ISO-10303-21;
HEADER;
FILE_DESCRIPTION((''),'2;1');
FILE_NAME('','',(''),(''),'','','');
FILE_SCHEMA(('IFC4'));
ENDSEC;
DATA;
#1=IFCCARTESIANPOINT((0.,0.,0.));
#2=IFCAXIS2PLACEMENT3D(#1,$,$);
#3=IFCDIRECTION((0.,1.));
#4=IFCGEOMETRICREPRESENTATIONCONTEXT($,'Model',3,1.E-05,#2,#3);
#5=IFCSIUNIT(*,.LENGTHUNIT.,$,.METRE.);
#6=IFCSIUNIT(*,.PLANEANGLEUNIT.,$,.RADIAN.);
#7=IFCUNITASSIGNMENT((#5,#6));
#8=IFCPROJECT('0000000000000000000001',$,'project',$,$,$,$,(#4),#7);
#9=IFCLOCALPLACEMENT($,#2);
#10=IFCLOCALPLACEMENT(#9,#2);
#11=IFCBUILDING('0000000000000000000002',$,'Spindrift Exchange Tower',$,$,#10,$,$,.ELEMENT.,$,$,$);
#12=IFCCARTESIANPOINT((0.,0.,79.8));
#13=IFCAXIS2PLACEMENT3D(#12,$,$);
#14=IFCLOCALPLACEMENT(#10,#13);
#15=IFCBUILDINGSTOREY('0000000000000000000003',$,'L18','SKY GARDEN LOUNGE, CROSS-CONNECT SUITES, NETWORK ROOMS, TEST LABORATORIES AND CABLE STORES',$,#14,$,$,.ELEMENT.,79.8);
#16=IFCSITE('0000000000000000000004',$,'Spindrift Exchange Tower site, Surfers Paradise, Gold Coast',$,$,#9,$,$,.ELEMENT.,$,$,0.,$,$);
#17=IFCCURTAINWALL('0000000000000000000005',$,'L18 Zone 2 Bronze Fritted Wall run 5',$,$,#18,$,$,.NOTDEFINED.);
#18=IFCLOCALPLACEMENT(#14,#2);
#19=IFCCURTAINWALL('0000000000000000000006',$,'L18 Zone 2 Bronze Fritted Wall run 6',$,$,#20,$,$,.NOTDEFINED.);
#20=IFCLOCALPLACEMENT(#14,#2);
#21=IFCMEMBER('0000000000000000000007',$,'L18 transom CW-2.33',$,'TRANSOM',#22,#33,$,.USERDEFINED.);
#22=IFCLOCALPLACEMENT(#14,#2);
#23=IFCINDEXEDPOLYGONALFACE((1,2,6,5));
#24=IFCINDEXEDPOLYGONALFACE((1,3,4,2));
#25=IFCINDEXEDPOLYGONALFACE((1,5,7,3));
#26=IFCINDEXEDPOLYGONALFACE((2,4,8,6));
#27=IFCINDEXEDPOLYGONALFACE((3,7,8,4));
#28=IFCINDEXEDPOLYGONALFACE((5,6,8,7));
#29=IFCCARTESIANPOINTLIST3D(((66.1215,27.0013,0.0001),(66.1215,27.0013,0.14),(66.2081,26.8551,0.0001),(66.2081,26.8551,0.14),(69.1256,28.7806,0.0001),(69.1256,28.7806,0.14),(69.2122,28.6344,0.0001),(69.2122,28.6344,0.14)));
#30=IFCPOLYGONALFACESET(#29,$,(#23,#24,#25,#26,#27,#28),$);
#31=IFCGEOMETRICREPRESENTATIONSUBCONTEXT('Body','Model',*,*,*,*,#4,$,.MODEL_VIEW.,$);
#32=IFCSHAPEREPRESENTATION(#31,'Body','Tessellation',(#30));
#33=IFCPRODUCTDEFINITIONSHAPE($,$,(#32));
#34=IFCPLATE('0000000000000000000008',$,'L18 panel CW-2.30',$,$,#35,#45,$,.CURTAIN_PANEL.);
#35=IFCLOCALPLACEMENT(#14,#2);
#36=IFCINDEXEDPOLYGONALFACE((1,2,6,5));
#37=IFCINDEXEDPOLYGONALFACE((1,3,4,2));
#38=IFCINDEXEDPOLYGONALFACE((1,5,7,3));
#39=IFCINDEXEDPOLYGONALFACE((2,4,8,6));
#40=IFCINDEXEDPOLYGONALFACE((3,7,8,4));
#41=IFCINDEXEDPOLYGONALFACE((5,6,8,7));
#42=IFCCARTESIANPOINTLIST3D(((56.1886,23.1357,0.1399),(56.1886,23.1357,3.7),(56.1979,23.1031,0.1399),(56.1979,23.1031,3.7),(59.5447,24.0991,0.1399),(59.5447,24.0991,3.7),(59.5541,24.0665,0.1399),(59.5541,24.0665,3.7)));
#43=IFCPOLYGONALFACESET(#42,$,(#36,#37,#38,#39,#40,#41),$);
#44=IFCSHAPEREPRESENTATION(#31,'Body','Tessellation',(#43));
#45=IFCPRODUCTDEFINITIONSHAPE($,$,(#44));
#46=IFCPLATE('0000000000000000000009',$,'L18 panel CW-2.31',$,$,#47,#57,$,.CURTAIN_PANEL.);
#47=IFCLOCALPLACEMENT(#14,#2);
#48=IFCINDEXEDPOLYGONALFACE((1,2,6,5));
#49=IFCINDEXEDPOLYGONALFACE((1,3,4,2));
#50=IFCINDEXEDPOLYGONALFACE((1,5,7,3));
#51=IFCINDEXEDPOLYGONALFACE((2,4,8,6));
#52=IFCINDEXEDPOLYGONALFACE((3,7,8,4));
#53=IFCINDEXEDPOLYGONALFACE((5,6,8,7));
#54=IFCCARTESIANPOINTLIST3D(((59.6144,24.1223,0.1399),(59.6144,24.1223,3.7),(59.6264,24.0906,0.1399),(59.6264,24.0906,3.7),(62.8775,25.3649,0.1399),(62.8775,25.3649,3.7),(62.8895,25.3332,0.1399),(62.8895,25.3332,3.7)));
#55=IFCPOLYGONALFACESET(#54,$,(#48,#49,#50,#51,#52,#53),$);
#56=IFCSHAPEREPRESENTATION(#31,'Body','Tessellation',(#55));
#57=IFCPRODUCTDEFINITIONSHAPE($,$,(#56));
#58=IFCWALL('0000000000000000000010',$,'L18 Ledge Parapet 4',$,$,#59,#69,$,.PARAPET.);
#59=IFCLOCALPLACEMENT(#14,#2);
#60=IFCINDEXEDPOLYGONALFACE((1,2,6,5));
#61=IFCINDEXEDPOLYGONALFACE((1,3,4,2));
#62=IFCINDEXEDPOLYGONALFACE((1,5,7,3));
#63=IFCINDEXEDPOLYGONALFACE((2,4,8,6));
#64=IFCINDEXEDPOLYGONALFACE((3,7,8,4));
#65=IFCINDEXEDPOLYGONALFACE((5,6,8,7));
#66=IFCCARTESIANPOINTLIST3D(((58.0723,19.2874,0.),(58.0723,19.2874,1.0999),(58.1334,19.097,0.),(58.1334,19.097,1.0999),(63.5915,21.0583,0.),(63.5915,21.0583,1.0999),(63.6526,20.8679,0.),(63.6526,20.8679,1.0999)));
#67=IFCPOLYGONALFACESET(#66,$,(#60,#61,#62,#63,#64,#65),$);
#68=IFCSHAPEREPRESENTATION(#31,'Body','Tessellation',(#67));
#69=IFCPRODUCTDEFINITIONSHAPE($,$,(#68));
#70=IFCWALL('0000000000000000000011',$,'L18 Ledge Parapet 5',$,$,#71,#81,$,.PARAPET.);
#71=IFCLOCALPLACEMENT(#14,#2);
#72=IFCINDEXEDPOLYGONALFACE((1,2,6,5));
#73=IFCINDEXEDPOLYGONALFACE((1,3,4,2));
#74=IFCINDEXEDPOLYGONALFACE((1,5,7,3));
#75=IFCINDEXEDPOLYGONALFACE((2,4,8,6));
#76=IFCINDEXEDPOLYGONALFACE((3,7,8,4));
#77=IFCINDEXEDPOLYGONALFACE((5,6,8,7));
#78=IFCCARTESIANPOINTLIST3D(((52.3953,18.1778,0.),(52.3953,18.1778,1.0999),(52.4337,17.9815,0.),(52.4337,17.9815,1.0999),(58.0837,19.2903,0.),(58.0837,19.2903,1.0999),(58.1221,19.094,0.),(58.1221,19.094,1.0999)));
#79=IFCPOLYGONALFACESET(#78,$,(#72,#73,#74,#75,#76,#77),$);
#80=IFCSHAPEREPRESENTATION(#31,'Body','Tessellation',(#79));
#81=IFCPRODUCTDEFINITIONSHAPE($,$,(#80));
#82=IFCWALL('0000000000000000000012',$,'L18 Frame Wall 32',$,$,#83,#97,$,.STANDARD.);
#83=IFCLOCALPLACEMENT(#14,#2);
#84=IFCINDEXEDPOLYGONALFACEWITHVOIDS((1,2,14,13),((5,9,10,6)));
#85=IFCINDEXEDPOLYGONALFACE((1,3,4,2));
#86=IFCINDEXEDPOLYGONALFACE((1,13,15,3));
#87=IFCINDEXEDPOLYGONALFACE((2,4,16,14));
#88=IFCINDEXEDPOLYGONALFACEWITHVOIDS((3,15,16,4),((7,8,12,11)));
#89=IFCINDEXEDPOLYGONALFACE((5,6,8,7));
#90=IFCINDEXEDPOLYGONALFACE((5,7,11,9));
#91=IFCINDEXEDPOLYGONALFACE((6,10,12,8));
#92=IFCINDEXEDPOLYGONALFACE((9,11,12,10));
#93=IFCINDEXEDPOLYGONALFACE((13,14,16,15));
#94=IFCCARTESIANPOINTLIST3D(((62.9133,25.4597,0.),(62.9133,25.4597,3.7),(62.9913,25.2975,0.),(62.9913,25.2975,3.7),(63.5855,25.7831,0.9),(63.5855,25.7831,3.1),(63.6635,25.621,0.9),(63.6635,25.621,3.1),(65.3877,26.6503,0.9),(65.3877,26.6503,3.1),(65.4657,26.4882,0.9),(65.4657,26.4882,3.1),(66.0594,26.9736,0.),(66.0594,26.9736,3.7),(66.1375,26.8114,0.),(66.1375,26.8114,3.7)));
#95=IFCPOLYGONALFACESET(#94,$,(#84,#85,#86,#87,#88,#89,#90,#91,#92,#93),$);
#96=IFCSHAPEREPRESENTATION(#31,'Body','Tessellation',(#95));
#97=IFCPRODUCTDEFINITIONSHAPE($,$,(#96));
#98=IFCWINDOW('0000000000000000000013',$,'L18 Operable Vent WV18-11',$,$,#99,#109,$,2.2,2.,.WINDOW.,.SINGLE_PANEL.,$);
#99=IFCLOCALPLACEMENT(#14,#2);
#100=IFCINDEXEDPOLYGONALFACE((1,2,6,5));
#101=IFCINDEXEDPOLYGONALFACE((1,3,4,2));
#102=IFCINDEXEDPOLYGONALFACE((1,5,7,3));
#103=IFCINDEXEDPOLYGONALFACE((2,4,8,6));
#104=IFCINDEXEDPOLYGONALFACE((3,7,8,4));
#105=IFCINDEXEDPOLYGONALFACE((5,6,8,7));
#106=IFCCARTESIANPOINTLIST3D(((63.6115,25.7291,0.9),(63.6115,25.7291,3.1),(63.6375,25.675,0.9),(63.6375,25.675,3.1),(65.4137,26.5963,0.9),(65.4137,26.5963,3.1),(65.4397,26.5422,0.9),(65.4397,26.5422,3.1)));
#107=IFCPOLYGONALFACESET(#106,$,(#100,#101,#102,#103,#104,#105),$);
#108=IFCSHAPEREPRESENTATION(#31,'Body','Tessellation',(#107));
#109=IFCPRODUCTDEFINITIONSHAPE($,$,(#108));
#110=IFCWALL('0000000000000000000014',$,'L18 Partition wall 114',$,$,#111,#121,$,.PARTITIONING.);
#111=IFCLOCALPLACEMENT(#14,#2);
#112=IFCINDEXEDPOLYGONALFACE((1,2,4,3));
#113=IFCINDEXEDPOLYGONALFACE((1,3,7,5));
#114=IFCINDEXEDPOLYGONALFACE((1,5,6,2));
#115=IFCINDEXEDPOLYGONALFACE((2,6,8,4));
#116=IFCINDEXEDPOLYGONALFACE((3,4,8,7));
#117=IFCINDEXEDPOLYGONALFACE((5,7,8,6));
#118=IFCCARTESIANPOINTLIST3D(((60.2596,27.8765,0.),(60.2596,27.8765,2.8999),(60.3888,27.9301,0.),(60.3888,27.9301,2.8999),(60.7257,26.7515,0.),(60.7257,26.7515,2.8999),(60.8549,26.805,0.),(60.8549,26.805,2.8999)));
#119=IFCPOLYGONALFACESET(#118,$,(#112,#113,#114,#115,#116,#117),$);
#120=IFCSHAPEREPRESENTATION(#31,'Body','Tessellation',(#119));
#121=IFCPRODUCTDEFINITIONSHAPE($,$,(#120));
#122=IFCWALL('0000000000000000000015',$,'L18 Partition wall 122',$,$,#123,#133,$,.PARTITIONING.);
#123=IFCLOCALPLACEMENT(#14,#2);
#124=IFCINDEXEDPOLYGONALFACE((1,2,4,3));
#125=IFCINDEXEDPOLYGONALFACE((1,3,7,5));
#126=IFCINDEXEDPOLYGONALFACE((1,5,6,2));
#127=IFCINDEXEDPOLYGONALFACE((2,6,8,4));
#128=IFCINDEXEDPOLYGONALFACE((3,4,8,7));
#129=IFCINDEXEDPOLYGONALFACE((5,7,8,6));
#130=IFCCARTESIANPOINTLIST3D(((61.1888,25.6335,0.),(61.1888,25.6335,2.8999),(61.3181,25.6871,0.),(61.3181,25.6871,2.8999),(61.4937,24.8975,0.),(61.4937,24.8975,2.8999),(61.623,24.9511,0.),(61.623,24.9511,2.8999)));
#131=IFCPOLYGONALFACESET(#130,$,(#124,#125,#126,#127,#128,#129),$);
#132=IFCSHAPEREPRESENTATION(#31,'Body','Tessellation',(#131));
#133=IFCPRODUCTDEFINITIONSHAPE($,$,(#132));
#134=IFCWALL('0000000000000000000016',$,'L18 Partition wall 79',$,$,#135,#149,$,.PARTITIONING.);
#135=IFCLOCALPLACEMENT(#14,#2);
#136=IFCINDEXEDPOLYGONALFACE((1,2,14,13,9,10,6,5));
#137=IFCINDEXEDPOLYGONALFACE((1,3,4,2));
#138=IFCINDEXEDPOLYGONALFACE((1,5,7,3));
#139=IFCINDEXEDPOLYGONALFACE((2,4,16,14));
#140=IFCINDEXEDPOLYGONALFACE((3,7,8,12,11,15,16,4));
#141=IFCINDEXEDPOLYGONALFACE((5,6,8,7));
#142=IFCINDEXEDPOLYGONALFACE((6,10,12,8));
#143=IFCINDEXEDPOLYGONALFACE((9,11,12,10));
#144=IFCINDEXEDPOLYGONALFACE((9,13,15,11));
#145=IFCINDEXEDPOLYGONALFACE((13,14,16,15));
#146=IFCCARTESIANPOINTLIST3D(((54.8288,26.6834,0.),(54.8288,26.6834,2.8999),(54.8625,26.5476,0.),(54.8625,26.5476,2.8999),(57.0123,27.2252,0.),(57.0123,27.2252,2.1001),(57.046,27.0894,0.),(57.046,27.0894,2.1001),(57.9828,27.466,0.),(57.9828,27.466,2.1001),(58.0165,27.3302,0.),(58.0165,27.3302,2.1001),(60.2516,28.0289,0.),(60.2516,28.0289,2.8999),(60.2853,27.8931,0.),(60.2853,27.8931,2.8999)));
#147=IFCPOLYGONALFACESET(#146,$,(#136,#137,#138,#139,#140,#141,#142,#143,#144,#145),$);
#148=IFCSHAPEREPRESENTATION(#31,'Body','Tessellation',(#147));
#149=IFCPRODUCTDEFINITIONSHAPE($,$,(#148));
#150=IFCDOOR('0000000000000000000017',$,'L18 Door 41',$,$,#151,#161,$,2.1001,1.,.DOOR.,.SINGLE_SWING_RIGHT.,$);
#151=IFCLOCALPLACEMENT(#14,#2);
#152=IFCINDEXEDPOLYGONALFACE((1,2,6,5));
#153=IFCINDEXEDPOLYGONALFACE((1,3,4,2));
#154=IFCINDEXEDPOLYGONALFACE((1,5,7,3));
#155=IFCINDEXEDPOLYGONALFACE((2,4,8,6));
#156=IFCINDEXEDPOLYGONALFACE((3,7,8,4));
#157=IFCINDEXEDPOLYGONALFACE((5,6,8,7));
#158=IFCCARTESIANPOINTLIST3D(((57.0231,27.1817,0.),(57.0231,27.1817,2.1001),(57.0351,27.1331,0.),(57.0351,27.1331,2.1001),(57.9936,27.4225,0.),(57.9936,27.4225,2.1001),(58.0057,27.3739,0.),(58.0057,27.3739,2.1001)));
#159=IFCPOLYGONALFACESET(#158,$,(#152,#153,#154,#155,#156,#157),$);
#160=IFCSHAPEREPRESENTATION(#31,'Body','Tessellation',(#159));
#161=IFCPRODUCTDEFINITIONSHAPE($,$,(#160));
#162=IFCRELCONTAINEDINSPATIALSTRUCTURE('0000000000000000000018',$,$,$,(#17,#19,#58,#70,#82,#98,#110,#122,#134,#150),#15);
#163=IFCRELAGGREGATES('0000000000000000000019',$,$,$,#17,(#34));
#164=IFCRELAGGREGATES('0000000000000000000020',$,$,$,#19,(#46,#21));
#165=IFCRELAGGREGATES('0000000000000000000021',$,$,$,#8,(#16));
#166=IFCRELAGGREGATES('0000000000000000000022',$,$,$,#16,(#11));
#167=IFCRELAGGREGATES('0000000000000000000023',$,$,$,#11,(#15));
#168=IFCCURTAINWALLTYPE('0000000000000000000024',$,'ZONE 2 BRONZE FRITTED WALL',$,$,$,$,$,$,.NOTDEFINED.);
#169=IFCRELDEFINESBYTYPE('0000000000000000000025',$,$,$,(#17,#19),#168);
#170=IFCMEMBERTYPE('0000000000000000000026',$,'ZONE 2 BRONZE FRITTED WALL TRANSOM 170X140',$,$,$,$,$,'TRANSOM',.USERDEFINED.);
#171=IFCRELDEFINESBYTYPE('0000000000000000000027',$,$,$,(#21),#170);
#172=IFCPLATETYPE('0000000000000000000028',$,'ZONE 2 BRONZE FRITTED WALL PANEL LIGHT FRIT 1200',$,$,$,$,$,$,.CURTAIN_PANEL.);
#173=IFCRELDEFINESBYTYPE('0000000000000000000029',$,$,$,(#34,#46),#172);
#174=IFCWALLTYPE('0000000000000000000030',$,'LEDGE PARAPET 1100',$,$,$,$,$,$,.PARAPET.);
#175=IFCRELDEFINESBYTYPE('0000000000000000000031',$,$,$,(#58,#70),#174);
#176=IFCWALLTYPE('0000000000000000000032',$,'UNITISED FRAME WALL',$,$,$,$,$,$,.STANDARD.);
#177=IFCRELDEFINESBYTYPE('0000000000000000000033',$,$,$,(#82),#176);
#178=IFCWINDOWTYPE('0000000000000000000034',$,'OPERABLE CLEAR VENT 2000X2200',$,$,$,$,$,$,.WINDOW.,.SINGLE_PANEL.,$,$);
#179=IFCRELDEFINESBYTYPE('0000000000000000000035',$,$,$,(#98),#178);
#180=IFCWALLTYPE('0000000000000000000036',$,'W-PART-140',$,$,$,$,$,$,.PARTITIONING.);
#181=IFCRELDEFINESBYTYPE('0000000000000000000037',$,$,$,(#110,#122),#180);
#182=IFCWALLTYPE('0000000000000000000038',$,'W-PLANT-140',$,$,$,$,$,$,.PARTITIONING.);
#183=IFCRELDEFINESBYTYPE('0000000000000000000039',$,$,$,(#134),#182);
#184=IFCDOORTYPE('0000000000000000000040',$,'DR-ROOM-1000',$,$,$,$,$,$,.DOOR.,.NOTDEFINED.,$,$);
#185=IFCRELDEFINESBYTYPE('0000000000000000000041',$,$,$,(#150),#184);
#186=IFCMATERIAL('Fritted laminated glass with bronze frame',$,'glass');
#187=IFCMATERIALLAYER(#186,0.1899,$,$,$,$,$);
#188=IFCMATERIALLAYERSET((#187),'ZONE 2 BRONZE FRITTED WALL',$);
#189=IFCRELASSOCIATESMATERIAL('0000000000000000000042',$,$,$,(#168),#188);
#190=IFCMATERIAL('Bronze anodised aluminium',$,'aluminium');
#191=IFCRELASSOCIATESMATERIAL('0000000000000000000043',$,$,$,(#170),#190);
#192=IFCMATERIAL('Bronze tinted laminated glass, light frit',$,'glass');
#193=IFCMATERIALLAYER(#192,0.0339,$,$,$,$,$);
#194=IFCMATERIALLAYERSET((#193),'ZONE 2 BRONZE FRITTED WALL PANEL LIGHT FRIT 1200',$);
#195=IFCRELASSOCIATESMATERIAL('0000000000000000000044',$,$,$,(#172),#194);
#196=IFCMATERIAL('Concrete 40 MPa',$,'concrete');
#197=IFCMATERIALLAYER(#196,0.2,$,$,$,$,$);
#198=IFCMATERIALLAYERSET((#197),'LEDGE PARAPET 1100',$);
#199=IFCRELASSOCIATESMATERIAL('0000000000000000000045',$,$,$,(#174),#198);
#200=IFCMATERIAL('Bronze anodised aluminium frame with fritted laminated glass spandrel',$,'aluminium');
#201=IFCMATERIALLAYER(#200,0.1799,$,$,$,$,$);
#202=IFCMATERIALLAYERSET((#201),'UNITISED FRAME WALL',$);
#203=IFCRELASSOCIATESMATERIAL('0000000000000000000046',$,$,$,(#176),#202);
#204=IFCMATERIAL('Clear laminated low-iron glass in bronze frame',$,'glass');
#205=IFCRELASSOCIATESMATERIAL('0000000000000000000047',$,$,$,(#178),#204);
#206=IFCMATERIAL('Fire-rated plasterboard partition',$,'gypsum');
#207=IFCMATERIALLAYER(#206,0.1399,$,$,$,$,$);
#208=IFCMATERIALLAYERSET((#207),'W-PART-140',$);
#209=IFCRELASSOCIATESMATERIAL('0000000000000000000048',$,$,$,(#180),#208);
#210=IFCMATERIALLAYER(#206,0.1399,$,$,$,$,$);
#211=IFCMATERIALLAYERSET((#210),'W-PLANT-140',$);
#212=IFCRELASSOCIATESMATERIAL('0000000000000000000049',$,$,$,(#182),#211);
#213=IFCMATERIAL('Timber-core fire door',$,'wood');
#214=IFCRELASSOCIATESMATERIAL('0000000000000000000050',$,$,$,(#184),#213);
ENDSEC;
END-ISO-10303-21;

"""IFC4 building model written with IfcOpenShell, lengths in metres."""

from ifc_helpers import new_model, si_unit, direction, frame, frame_2d, origin, origin_2d, place, context, subcontext, project, spatial, rectangle, extrude, source, transform, mapped, material, layer, layer_set, material_profile, profile_set, type_object, element, fill, aggregate, save


model = new_model("IFC4")

# Units and contexts
model_context = context("Model", 3, precision=1e-05, world=origin(), true_north=direction((0.0, 1.0)))
body_context = subcontext(model_context, "Body", "Model", "MODEL_VIEW")
ifc_project = project(units=[si_unit("LENGTHUNIT", "METRE"), si_unit("PLANEANGLEUNIT", "RADIAN")], contexts=[model_context])

# Site, building, storey
site_placement = place(None, origin())
site = spatial("IfcSite", under=ifc_project, at=site_placement, Name="Spindrift Exchange Tower site, Surfers Paradise, Gold Coast", CompositionType="ELEMENT", RefElevation=0.0)
building_placement = place(site_placement, origin())
building = spatial("IfcBuilding", under=site, at=building_placement, Name="Spindrift Exchange Tower", CompositionType="ELEMENT")
storey_placement = place(building_placement, frame((0.0, 0.0, 79.8)))
storey = spatial("IfcBuildingStorey", under=building, at=storey_placement, Name="L18", Description="SKY GARDEN LOUNGE, CROSS-CONNECT SUITES, NETWORK ROOMS, TEST LABORATORIES AND CABLE STORES", CompositionType="ELEMENT", Elevation=79.8)

# Curtain wall
ifc_material_1 = material(Name="Fritted laminated glass with bronze frame", Category="glass")
ifc_layer_1 = layer(ifc_material_1, 0.1899)
ifc_layer_set_1 = layer_set([ifc_layer_1], Name="ZONE 2 BRONZE FRITTED WALL")
curtain_wall_type = type_object("IfcCurtainWallType", Name="ZONE 2 BRONZE FRITTED WALL", PredefinedType="NOTDEFINED", material=ifc_layer_set_1)
curtain_wall_1_placement = place(storey_placement, origin())
curtain_wall_1 = element("IfcCurtainWall", 1, at=curtain_wall_1_placement, inside=storey, type_object=curtain_wall_type, Name="L18 Zone 2 Bronze Fritted Wall run 5", PredefinedType="NOTDEFINED")
ifc_material_2 = material(Name="Bronze anodised aluminium", Category="aluminium")

# Curtain wall
curtain_wall_2_placement = place(storey_placement, origin())
curtain_wall_2 = element("IfcCurtainWall", 2, at=curtain_wall_2_placement, inside=storey, type_object=curtain_wall_type, Name="L18 Zone 2 Bronze Fritted Wall run 6", PredefinedType="NOTDEFINED")
ifc_material_profile_1 = material_profile(ifc_material_2, rectangle(XDim=0.1699, YDim=0.1399, at=origin_2d()), Name="ZONE 2 BRONZE FRITTED WALL TRANSOM 170X140")
ifc_profile_set_1 = profile_set([ifc_material_profile_1], Name="Bronze anodised aluminium")
member_type_1 = type_object("IfcMemberType", Name="ZONE 2 BRONZE FRITTED WALL TRANSOM 170X140", ElementType="TRANSOM", PredefinedType="USERDEFINED", material=ifc_profile_set_1)

# Member
shared_shape_1 = source(origin(), body_context, "Body", "SweptSolid", [
    extrude(rectangle(XDim=0.1699, YDim=0.1399, at=origin_2d()), origin(), (0.0, 0.0, 1.0), 3.4915),
])
member_1_placement = place(storey_placement, frame((66.1648, 26.9282, 0.0701), z_axis=(0.86041, 0.509603, 0.0), x_axis=(-0.509603, 0.86041, 0.0)))
member_1 = element("IfcMember", 3, at=member_1_placement, type_object=member_type_1, Name="L18 transom CW-2.33", ObjectType="TRANSOM", PredefinedType="USERDEFINED", context=body_context, shape_type="MappedRepresentation", body=[
    mapped(shared_shape_1, transform((0.0, 0.0, 0.0), scale=1.0)),
])

# Plates
ifc_material_3 = material(Name="Bronze tinted laminated glass, light frit", Category="glass")
ifc_layer_2 = layer(ifc_material_3, 0.0339)
ifc_layer_set_2 = layer_set([ifc_layer_2], Name="ZONE 2 BRONZE FRITTED WALL PANEL LIGHT FRIT 1200")
plate_type = type_object("IfcPlateType", Name="ZONE 2 BRONZE FRITTED WALL PANEL LIGHT FRIT 1200", PredefinedType="CURTAIN_PANEL", material=ifc_layer_set_2)
shared_shape_2 = source(origin(), body_context, "Body", "SweptSolid", [
    extrude(rectangle(XDim=3.4917, YDim=0.0339, at=origin_2d()), origin(), (0.0, 0.0, 1.0), 3.5601),
])
plate_1_placement = place(storey_placement, frame((57.8713, 23.6011, 0.1399), z_axis=(0.0, 0.0, 1.0), x_axis=(0.961181, 0.275918, 0.0)))
plate_1 = element("IfcPlate", 4, at=plate_1_placement, type_object=plate_type, Name="L18 panel CW-2.30", PredefinedType="CURTAIN_PANEL", context=body_context, shape_type="MappedRepresentation", body=[
    mapped(shared_shape_2, transform((0.0, 0.0, 0.0), scale=1.0)),
])
aggregate(curtain_wall_1, [plate_1])
plate_2_placement = place(storey_placement, frame((61.252, 24.7278, 0.1399), z_axis=(0.0, 0.0, 1.0), x_axis=(0.934533, 0.355875, 0.0)))
plate_2 = element("IfcPlate", 5, at=plate_2_placement, type_object=plate_type, Name="L18 panel CW-2.31", PredefinedType="CURTAIN_PANEL", context=body_context, shape_type="MappedRepresentation", body=[
    mapped(shared_shape_2, transform((0.0, 0.0, 0.0), scale=1.0)),
])
aggregate(curtain_wall_2, [plate_2, member_1])

# Walls
ifc_material_4 = material(Name="Concrete 40 MPa", Category="concrete")
ifc_layer_3 = layer(ifc_material_4, 0.2)
ifc_layer_set_3 = layer_set([ifc_layer_3], Name="LEDGE PARAPET 1100")
wall_type_1 = type_object("IfcWallType", Name="LEDGE PARAPET 1100", PredefinedType="PARAPET", material=ifc_layer_set_3)
wall_1_placement = place(storey_placement, frame((63.6221, 20.9631, 0.0), z_axis=(0.0, 0.0, 1.0), x_axis=(-0.952182, -0.305531, 0.0)))
element("IfcWall", 6, at=wall_1_placement, inside=storey, type_object=wall_type_1, Name="L18 Ledge Parapet 4", PredefinedType="PARAPET", context=body_context, shape_type="SweptSolid", body=[
    extrude(rectangle(XDim=5.7964, YDim=0.2, at=frame_2d((2.8982, 0.0))), origin(), (0.0, 0.0, 1.0), 1.0999),
])
wall_2_placement = place(storey_placement, frame((58.1028, 19.1921, 0.0), z_axis=(0.0, 0.0, 1.0), x_axis=(-0.981406, -0.191943, 0.0)))
element("IfcWall", 7, at=wall_2_placement, inside=storey, type_object=wall_type_1, Name="L18 Ledge Parapet 5", PredefinedType="PARAPET", context=body_context, shape_type="SweptSolid", body=[
    extrude(rectangle(XDim=5.7961, YDim=0.2, at=frame_2d((2.8979, 0.0))), origin(), (0.0, 0.0, 1.0), 1.0999),
])

# Wall, opening, window
ifc_material_5 = material(Name="Bronze anodised aluminium frame with fritted laminated glass spandrel", Category="aluminium")
ifc_layer_4 = layer(ifc_material_5, 0.1799)
ifc_layer_set_4 = layer_set([ifc_layer_4], Name="UNITISED FRAME WALL")
wall_type_2 = type_object("IfcWallType", Name="UNITISED FRAME WALL", PredefinedType="STANDARD", material=ifc_layer_set_4)
wall_3_placement = place(storey_placement, frame((62.9524, 25.3787, 0.0), z_axis=(0.0, 0.0, 1.0), x_axis=(0.901107, 0.433597, 0.0)))
wall_3 = element("IfcWall", 8, at=wall_3_placement, inside=storey, type_object=wall_type_2, Name="L18 Frame Wall 32", PredefinedType="STANDARD", context=body_context, shape_type="SweptSolid", body=[
    extrude(rectangle(XDim=3.4915, YDim=0.1799, at=frame_2d((1.7456, 0.0))), origin(), (0.0, 0.0, 1.0), 3.7),
])
opening_1_placement = place(wall_3_placement, frame((0.7458, 0.0, 0.8999)))
opening_1 = element("IfcOpeningElement", 9, at=opening_1_placement, cuts=wall_3, PredefinedType="OPENING", context=body_context, shape_type="SweptSolid", body=[
    extrude(rectangle(XDim=2.0, YDim=2.2, at=frame_2d((1.0, 1.1001))), frame((0.0, 0.0999, 0.0), z_axis=(0.0, -1.0, 0.0), x_axis=(1.0, 0.0, 0.0)), (0.0, 0.0, 1.0), 0.2),
])
ifc_material_6 = material(Name="Clear laminated low-iron glass in bronze frame", Category="glass")
window_type = type_object("IfcWindowType", Name="OPERABLE CLEAR VENT 2000X2200", PartitioningType="SINGLE_PANEL", PredefinedType="WINDOW", material=ifc_material_6)
shared_shape_3 = source(origin(), body_context, "Body", "SweptSolid", [
    extrude(rectangle(XDim=2.0, YDim=2.2, at=frame_2d((1.0, 1.1001))), frame((0.0, 0.03, 0.0), z_axis=(0.0, -1.0, 0.0), x_axis=(1.0, 0.0, 0.0)), (0.0, 0.0, 1.0), 0.0601),
])
window_placement = place(opening_1_placement, origin())
window = element("IfcWindow", 10, at=window_placement, inside=storey, type_object=window_type, Name="L18 Operable Vent WV18-11", OverallHeight=2.2, OverallWidth=2.0, PartitioningType="SINGLE_PANEL", PredefinedType="WINDOW", context=body_context, shape_type="MappedRepresentation", body=[
    mapped(shared_shape_3, transform((0.0, 0.0, 0.0), scale=1.0)),
])
fill(opening_1, window)

# Walls
ifc_material_7 = material(Name="Fire-rated plasterboard partition", Category="gypsum")
ifc_layer_5 = layer(ifc_material_7, 0.1399)
ifc_layer_set_5 = layer_set([ifc_layer_5], Name="W-PART-140")
wall_type_3 = type_object("IfcWallType", Name="W-PART-140", PredefinedType="PARTITIONING", material=ifc_layer_set_5)
wall_4_placement = place(storey_placement, frame((60.3242, 27.9033, 0.0), z_axis=(0.0, 0.0, 1.0), x_axis=(0.382735, -0.923858, 0.0)))
element("IfcWall", 11, at=wall_4_placement, inside=storey, type_object=wall_type_3, Name="L18 Partition wall 114", PredefinedType="PARTITIONING", context=body_context, shape_type="SweptSolid", body=[
    extrude(rectangle(XDim=1.2178, YDim=0.1399, at=frame_2d((0.6089, 0.0))), origin(), (0.0, 0.0, 1.0), 2.8999),
])
wall_5_placement = place(storey_placement, frame((61.2534, 25.6604, 0.0), z_axis=(0.0, 0.0, 1.0), x_axis=(0.382722, -0.923864, 0.0)))
element("IfcWall", 12, at=wall_5_placement, inside=storey, type_object=wall_type_3, Name="L18 Partition wall 122", PredefinedType="PARTITIONING", context=body_context, shape_type="SweptSolid", body=[
    extrude(rectangle(XDim=0.7966, YDim=0.1399, at=frame_2d((0.3984, 0.0))), origin(), (0.0, 0.0, 1.0), 2.8999),
])

# Wall, opening, door
ifc_layer_6 = layer(ifc_material_7, 0.1399)
ifc_layer_set_6 = layer_set([ifc_layer_6], Name="W-PLANT-140")
wall_type_4 = type_object("IfcWallType", Name="W-PLANT-140", PredefinedType="PARTITIONING", material=ifc_layer_set_6)
wall_6_placement = place(storey_placement, frame((60.2683, 27.9609, 0.0), z_axis=(0.0, 0.0, 1.0), x_axis=(-0.970573, -0.240808, 0.0)))
wall_6 = element("IfcWall", 13, at=wall_6_placement, inside=storey, type_object=wall_type_4, Name="L18 Partition wall 79", PredefinedType="PARTITIONING", context=body_context, shape_type="SweptSolid", body=[
    extrude(rectangle(XDim=5.5872, YDim=0.1399, at=frame_2d((2.7935, 0.0))), origin(), (0.0, 0.0, 1.0), 2.8999),
])
opening_2_placement = place(wall_6_placement, frame((2.3374, 0.0, 0.0)))
opening_2 = element("IfcOpeningElement", 14, at=opening_2_placement, cuts=wall_6, PredefinedType="OPENING", context=body_context, shape_type="SweptSolid", body=[
    extrude(rectangle(XDim=1.0, YDim=2.1001, at=frame_2d((0.5, 1.05))), frame((0.0, 0.0798, 0.0), z_axis=(0.0, -1.0, 0.0), x_axis=(1.0, 0.0, 0.0)), (0.0, 0.0, 1.0), 0.1599),
])
ifc_material_8 = material(Name="Timber-core fire door", Category="wood")
door_type = type_object("IfcDoorType", Name="DR-ROOM-1000", OperationType="NOTDEFINED", PredefinedType="DOOR", material=ifc_material_8)
shared_shape_4 = source(origin(), body_context, "Body", "SweptSolid", [
    extrude(rectangle(XDim=1.0, YDim=2.1001, at=frame_2d((0.5, 1.05))), frame((0.0, 0.0249, 0.0), z_axis=(0.0, -1.0, 0.0), x_axis=(1.0, 0.0, 0.0)), (0.0, 0.0, 1.0), 0.05),
])
door_placement = place(opening_2_placement, origin())
door = element("IfcDoor", 15, at=door_placement, inside=storey, type_object=door_type, Name="L18 Door 41", OperationType="SINGLE_SWING_RIGHT", OverallHeight=2.1001, OverallWidth=1.0, PredefinedType="DOOR", context=body_context, shape_type="MappedRepresentation", body=[
    mapped(shared_shape_4, transform((0.0, 0.0, 0.0), scale=1.0)),
])
fill(opening_2, door)

save(model, "model.ifc")
